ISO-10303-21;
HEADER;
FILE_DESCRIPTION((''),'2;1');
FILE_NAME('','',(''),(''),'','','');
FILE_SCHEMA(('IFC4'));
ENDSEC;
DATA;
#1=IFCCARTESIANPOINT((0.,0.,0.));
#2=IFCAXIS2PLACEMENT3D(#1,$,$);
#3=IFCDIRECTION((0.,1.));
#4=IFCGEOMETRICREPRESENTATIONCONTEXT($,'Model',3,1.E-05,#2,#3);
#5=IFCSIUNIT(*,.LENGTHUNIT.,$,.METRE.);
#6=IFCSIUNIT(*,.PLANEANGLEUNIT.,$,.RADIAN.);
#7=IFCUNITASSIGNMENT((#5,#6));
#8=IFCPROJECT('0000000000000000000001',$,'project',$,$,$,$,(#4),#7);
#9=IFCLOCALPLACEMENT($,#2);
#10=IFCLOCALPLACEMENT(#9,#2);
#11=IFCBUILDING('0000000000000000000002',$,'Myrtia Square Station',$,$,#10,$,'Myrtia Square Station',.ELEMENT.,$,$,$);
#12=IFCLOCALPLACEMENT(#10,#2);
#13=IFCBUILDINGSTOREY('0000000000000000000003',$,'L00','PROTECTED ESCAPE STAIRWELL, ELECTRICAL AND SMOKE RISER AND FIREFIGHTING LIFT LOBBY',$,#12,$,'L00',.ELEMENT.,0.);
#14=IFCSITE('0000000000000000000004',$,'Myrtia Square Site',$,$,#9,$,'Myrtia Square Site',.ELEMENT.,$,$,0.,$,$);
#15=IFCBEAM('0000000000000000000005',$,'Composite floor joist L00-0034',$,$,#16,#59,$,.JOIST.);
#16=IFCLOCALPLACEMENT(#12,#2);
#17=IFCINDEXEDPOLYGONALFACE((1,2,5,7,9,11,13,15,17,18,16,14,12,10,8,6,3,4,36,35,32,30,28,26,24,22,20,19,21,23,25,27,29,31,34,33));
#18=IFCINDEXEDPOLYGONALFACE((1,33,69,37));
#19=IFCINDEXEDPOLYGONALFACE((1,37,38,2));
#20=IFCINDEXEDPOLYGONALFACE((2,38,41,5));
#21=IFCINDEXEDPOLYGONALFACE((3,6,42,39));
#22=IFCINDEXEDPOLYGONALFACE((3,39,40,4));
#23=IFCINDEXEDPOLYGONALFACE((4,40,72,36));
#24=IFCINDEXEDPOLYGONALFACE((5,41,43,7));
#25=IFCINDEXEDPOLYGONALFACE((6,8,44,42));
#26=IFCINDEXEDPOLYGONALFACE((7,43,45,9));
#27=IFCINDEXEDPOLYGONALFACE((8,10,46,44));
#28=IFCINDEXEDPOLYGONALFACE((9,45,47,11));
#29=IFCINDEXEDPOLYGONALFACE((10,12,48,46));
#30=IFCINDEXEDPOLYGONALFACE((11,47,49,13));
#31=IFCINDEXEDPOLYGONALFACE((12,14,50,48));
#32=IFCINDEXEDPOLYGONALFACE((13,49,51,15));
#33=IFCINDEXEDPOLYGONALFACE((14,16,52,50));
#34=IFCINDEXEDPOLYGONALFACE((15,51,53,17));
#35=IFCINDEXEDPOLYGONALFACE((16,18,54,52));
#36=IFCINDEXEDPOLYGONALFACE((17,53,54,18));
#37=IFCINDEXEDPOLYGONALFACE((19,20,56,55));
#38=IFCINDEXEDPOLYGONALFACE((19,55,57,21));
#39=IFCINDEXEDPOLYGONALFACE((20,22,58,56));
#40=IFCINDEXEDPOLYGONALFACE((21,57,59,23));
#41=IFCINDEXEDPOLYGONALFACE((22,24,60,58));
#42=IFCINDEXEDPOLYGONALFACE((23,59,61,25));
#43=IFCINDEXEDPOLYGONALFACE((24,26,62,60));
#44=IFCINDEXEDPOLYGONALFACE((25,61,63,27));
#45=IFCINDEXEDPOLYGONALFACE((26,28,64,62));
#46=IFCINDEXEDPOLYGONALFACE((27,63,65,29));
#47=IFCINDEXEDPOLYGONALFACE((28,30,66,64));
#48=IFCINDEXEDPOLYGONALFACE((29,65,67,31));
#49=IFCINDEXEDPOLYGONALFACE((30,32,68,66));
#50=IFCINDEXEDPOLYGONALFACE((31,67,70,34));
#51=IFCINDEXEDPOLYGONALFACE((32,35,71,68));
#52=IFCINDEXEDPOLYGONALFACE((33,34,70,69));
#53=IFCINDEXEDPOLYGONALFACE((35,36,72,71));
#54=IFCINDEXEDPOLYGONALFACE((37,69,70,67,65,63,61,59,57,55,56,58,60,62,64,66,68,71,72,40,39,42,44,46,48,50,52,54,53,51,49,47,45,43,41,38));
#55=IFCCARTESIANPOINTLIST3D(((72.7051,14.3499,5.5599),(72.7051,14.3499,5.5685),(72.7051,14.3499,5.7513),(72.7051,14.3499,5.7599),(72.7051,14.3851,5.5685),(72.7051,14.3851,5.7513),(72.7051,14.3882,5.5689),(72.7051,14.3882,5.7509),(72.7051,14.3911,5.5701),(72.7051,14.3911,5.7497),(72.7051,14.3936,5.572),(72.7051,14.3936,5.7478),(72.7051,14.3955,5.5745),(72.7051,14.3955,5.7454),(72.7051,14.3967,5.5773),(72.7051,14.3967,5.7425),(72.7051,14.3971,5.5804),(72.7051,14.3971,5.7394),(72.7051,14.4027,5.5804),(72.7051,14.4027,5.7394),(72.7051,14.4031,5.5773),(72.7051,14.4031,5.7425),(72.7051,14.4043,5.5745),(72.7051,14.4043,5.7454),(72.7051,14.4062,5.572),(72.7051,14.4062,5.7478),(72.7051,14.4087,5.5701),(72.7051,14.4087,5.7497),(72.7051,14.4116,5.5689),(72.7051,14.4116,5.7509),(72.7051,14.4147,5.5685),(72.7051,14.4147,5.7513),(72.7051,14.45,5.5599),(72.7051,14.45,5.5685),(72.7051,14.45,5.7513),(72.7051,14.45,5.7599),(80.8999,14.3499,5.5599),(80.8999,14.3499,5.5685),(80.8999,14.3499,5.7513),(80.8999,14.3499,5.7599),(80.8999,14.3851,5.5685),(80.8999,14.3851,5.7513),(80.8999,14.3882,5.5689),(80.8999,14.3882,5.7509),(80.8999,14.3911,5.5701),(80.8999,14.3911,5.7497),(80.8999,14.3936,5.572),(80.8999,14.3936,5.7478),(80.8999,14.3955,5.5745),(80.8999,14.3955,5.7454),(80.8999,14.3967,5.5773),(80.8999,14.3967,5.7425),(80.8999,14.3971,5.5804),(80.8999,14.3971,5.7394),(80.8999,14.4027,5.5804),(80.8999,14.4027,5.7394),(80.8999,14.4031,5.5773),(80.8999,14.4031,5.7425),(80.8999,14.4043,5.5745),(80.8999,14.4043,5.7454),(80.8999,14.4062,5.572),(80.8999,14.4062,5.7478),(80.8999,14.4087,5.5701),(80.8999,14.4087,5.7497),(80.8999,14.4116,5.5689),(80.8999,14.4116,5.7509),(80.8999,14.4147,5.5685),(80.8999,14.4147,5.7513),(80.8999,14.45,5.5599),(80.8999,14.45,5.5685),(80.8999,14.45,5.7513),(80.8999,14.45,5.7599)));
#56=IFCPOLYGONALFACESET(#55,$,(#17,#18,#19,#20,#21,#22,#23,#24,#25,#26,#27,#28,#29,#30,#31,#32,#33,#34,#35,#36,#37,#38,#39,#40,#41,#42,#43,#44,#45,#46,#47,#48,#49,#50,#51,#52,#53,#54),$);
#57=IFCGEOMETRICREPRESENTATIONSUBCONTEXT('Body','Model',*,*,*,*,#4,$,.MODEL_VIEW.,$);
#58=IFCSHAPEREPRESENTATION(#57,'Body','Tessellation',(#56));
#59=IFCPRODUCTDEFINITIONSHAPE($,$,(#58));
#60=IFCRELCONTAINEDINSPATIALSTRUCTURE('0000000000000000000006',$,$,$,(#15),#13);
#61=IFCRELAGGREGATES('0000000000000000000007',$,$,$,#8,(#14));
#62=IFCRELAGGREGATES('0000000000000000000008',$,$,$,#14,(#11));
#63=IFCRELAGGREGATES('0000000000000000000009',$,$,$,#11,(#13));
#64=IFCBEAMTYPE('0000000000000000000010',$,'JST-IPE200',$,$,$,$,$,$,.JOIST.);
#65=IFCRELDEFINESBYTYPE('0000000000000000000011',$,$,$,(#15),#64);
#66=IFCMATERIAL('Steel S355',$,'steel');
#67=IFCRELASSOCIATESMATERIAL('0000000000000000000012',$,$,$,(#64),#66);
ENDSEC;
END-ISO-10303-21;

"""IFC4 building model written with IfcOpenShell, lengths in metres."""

from ifc_helpers import new_model, si_unit, direction, frame, origin, origin_2d, place, context, subcontext, project, spatial, i_section, extrude, material, material_profile, profile_set, type_object, element, save


model = new_model("IFC4")

# Units and contexts
model_context = context("Model", 3, precision=1e-05, world=origin(), true_north=direction((0.0, 1.0)))
body_context = subcontext(model_context, "Body", "Model", "MODEL_VIEW")
ifc_project = project(units=[si_unit("LENGTHUNIT", "METRE"), si_unit("PLANEANGLEUNIT", "RADIAN")], contexts=[model_context])

# Site, building, storey
site_placement = place(None, origin())
site = spatial("IfcSite", under=ifc_project, at=site_placement, Name="Myrtia Square Site", LongName="Myrtia Square Site", CompositionType="ELEMENT", RefElevation=0.0)
building_placement = place(site_placement, origin())
building = spatial("IfcBuilding", under=site, at=building_placement, Name="Myrtia Square Station", LongName="Myrtia Square Station", CompositionType="ELEMENT")
storey_placement = place(building_placement, origin())
storey = spatial("IfcBuildingStorey", under=building, at=storey_placement, Name="L00", Description="PROTECTED ESCAPE STAIRWELL, ELECTRICAL AND SMOKE RISER AND FIREFIGHTING LIFT LOBBY", LongName="L00", CompositionType="ELEMENT", Elevation=0.0)

# Shared definitions
ifc_material = material(Name="Steel S355", Category="steel")

# Beam
ifc_material_profile_1 = material_profile(ifc_material, i_section(OverallWidth=0.1001, OverallDepth=0.2, WebThickness=0.0056, FlangeThickness=0.0085, FilletRadius=0.012, at=origin_2d()), Name="IPE 200")
ifc_profile_set_1 = profile_set([ifc_material_profile_1], Name="Steel S355")
beam_type_1 = type_object("IfcBeamType", Name="JST-IPE200", PredefinedType="JOIST", material=ifc_profile_set_1)
beam_1_placement = place(storey_placement, frame((72.7051, 14.3999, 5.6599), z_axis=(1.0, 0.0, 0.0), x_axis=(0.0, 1.0, 0.0)))
element("IfcBeam", 1, at=beam_1_placement, inside=storey, type_object=beam_type_1, Name="Composite floor joist L00-0034", PredefinedType="JOIST", context=body_context, shape_type="SweptSolid", body=[
    extrude(i_section(OverallWidth=0.1001, OverallDepth=0.2, WebThickness=0.0056, FlangeThickness=0.0085, FilletRadius=0.012, at=origin_2d()), origin(), (0.0, 0.0, 1.0), 8.1948),
])

save(model, "model.ifc")
